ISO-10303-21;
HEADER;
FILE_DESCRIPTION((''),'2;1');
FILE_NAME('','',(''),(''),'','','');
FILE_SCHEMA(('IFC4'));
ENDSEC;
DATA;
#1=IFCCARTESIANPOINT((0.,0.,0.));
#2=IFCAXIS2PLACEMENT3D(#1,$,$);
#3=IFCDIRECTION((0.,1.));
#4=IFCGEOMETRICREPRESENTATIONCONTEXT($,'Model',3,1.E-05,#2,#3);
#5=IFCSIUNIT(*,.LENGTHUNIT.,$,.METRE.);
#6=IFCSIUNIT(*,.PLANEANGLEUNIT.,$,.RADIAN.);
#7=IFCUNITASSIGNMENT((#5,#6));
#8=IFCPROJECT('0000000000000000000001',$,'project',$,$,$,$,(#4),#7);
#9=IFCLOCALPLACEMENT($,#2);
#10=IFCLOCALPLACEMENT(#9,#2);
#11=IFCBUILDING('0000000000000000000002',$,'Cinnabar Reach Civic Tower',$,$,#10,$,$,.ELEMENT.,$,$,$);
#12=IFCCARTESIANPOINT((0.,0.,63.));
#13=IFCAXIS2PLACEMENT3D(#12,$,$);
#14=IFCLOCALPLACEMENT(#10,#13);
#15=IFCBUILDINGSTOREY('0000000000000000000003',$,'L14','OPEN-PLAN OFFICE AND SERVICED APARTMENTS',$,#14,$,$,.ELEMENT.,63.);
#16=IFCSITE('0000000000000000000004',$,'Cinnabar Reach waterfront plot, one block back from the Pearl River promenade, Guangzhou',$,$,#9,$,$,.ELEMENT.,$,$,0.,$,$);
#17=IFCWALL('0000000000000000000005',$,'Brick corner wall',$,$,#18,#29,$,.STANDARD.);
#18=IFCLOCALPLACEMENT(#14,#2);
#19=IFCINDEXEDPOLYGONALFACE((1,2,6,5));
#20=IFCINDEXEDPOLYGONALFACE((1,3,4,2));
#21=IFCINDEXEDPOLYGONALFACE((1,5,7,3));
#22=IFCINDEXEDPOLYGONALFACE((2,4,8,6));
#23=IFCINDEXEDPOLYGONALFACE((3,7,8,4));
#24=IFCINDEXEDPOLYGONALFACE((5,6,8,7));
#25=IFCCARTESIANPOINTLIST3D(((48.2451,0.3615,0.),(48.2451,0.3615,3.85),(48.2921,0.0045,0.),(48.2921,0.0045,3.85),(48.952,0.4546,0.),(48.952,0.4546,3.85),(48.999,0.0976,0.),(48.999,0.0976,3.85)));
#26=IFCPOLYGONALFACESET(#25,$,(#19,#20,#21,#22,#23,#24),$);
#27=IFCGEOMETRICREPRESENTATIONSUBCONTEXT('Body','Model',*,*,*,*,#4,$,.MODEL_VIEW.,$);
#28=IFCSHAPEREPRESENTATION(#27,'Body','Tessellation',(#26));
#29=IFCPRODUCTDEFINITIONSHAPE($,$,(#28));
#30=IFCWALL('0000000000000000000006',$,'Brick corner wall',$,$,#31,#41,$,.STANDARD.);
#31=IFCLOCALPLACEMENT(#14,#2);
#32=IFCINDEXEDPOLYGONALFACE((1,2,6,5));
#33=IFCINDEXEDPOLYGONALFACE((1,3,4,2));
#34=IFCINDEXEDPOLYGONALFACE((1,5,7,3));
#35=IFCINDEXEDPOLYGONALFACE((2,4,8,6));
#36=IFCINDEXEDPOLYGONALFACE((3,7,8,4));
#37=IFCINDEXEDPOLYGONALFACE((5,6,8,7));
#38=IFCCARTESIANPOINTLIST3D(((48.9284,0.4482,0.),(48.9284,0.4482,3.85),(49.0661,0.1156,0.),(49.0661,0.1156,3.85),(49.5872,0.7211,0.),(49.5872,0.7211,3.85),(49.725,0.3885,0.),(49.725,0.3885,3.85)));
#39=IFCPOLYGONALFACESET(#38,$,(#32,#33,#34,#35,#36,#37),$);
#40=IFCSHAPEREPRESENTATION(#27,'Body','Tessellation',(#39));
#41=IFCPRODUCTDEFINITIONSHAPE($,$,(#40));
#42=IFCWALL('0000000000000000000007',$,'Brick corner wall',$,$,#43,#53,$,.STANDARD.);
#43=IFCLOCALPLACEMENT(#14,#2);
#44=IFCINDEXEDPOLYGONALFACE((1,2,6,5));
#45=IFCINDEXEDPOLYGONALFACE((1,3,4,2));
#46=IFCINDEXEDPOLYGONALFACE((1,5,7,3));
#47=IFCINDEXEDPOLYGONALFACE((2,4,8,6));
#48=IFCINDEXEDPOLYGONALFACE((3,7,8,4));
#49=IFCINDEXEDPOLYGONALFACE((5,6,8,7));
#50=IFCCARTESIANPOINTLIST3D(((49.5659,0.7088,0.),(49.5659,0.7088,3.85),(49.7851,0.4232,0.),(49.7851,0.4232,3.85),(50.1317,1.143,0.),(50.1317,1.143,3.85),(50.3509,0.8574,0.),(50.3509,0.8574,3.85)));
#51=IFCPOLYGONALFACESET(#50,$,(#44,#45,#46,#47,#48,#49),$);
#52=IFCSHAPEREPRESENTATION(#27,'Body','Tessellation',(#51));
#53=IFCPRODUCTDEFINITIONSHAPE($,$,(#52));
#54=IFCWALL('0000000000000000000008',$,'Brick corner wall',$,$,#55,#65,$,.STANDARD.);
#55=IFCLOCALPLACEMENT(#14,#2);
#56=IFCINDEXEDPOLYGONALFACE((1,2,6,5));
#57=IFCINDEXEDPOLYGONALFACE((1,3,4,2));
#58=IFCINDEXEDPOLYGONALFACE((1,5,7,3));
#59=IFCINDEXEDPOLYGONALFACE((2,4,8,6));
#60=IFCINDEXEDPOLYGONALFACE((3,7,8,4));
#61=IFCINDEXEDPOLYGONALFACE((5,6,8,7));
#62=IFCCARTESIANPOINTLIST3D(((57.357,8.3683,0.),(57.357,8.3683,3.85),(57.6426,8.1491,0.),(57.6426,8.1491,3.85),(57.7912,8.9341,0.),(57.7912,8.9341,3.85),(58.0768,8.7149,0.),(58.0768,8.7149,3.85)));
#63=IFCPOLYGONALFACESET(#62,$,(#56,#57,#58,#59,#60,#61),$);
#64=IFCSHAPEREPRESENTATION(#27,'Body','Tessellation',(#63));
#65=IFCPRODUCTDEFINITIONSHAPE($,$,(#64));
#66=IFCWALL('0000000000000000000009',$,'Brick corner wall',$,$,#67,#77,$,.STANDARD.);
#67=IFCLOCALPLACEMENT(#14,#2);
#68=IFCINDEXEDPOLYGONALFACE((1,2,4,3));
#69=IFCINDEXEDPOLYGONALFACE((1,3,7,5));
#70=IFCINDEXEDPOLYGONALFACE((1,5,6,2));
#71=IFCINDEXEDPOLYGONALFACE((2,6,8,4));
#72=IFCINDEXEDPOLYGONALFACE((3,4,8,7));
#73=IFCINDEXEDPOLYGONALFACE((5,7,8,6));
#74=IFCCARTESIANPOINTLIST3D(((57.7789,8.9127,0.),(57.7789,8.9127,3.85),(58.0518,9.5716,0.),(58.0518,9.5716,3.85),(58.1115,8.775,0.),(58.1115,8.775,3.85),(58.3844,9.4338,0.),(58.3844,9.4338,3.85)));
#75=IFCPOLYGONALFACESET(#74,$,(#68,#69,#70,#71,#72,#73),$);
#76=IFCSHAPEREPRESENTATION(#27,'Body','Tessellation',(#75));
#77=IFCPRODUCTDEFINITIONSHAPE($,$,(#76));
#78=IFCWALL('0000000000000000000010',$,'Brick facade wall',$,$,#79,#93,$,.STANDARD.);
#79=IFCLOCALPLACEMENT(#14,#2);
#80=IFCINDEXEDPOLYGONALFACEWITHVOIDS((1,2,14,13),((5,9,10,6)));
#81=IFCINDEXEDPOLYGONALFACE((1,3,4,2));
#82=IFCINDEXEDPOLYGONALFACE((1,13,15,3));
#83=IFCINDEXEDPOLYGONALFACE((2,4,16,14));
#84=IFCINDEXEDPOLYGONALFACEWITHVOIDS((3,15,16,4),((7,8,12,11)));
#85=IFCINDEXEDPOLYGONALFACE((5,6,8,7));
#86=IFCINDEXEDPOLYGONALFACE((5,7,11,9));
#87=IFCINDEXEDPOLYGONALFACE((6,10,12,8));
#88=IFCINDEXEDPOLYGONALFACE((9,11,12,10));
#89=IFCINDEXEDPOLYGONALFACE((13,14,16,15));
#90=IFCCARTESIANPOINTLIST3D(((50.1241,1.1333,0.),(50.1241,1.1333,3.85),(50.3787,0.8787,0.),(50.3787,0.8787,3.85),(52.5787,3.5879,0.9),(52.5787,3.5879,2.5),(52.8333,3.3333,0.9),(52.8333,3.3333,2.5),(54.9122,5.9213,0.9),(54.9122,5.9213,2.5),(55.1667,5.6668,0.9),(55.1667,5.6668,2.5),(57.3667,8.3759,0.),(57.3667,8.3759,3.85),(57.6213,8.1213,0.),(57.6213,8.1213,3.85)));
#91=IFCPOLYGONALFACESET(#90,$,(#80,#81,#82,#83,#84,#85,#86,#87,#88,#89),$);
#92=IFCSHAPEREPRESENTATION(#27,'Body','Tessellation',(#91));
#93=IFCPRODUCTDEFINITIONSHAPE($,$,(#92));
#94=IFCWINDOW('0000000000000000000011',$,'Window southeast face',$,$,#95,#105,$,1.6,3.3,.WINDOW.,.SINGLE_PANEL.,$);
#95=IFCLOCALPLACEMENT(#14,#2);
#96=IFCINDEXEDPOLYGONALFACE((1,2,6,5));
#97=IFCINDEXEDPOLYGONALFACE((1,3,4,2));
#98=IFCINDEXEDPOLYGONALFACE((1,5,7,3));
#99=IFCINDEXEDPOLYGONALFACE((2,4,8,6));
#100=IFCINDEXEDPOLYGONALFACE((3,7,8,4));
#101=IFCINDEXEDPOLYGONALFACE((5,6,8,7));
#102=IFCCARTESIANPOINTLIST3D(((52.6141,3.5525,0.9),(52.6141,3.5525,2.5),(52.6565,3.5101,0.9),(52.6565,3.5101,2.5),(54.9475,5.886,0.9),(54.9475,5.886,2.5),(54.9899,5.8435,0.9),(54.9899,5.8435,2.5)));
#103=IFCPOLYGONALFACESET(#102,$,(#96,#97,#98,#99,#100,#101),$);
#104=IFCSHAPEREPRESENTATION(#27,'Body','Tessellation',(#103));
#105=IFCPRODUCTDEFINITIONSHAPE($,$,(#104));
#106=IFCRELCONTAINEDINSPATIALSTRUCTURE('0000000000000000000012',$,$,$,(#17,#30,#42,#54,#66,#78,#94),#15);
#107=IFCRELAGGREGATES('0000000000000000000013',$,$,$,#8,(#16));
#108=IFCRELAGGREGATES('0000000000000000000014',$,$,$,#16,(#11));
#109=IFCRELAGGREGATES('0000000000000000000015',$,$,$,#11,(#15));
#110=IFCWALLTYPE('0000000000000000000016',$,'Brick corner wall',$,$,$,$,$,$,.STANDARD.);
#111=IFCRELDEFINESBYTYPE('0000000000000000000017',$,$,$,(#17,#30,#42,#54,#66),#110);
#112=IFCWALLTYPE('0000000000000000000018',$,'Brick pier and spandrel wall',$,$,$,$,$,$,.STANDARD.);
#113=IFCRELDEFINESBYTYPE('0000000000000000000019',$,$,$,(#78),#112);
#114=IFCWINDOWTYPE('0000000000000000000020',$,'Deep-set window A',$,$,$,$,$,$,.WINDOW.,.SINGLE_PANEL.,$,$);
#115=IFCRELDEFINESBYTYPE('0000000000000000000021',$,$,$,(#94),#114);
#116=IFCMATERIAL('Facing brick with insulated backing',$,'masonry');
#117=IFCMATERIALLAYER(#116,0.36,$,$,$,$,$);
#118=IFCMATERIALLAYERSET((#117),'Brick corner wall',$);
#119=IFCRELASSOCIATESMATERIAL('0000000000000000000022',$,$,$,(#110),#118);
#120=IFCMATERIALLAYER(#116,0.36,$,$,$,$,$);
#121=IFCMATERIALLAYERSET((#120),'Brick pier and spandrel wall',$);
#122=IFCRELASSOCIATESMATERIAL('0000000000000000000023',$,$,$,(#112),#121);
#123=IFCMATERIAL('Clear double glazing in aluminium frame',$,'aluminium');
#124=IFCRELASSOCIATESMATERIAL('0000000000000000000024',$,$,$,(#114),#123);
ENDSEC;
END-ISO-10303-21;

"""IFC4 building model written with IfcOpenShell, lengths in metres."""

from ifc_helpers import new_model, si_unit, direction, frame, frame_2d, origin, place, context, subcontext, project, spatial, rectangle, extrude, material, layer, layer_set, type_object, element, fill, save


model = new_model("IFC4")

# Units and contexts
model_context = context("Model", 3, precision=1e-05, world=origin(), true_north=direction((0.0, 1.0)))
body_context = subcontext(model_context, "Body", "Model", "MODEL_VIEW")
ifc_project = project(units=[si_unit("LENGTHUNIT", "METRE"), si_unit("PLANEANGLEUNIT", "RADIAN")], contexts=[model_context])

# Site, building, storey
site_placement = place(None, origin())
site = spatial("IfcSite", under=ifc_project, at=site_placement, Name="Cinnabar Reach waterfront plot, one block back from the Pearl River promenade, Guangzhou", CompositionType="ELEMENT", RefElevation=0.0)
building_placement = place(site_placement, origin())
building = spatial("IfcBuilding", under=site, at=building_placement, Name="Cinnabar Reach Civic Tower", CompositionType="ELEMENT")
storey_placement = place(building_placement, frame((0.0, 0.0, 63.0)))
storey = spatial("IfcBuildingStorey", under=building, at=storey_placement, Name="L14", Description="OPEN-PLAN OFFICE AND SERVICED APARTMENTS", CompositionType="ELEMENT", Elevation=63.0)

# Walls
ifc_material_1 = material(Name="Facing brick with insulated backing", Category="masonry")
ifc_layer_1 = layer(ifc_material_1, 0.36)
ifc_layer_set_1 = layer_set([ifc_layer_1], Name="Brick corner wall")
wall_type_1 = type_object("IfcWallType", Name="Brick corner wall", PredefinedType="STANDARD", material=ifc_layer_set_1)
for number, where, z_axis, x_axis, name in (
    (1, (48.2686, 0.183, 0.0), (0.0, 0.0, 1.0), (0.991441, 0.130556, 0.0), "Brick corner wall"),
    (2, (48.9973, 0.2819, 0.0), (0.0, 0.0, 1.0), (0.923872, 0.382703, 0.0), "Brick corner wall"),
):
    element("IfcWall", number, at=place(storey_placement, frame(where, z_axis=z_axis, x_axis=x_axis)), inside=storey, type_object=wall_type_1, Name=name, PredefinedType="STANDARD", context=body_context, shape_type="SweptSolid", body=[
        extrude(rectangle(XDim=0.7131, YDim=0.36, at=frame_2d((0.3565, 0.0))), origin(), (0.0, 0.0, 1.0), 3.85),
    ])
for number, where, z_axis, x_axis, name in (
    (3, (49.6755, 0.566, 0.0), (0.0, 0.0, 1.0), (0.793322, 0.608802, 0.0), "Brick corner wall"),
    (4, (57.4998, 8.2587, 0.0), (0.0, 0.0, 1.0), (0.608802, 0.793322, 0.0), "Brick corner wall"),
):
    element("IfcWall", number, at=place(storey_placement, frame(where, z_axis=z_axis, x_axis=x_axis)), inside=storey, type_object=wall_type_1, Name=name, PredefinedType="STANDARD", context=body_context, shape_type="SweptSolid", body=[
        extrude(rectangle(XDim=0.7132, YDim=0.36, at=frame_2d((0.3566, 0.0))), origin(), (0.0, 0.0, 1.0), 3.85),
    ])
wall_1_placement = place(storey_placement, frame((57.9452, 8.8439, 0.0), z_axis=(0.0, 0.0, 1.0), x_axis=(0.382703, 0.923872, 0.0)))
element("IfcWall", 5, at=wall_1_placement, inside=storey, type_object=wall_type_1, Name="Brick corner wall", PredefinedType="STANDARD", context=body_context, shape_type="SweptSolid", body=[
    extrude(rectangle(XDim=0.7131, YDim=0.36, at=frame_2d((0.3565, 0.0))), origin(), (0.0, 0.0, 1.0), 3.85),
])

# Wall, opening, window
ifc_layer_2 = layer(ifc_material_1, 0.36)
ifc_layer_set_2 = layer_set([ifc_layer_2], Name="Brick pier and spandrel wall")
wall_type_2 = type_object("IfcWallType", Name="Brick pier and spandrel wall", PredefinedType="STANDARD", material=ifc_layer_set_2)
wall_2_placement = place(storey_placement, frame((50.2514, 1.006, 0.0), z_axis=(0.0, 0.0, 1.0), x_axis=(0.707107, 0.707107, 0.0)))
wall_2 = element("IfcWall", 6, at=wall_2_placement, inside=storey, type_object=wall_type_2, Name="Brick facade wall", PredefinedType="STANDARD", context=body_context, shape_type="SweptSolid", body=[
    extrude(rectangle(XDim=10.2426, YDim=0.36, at=frame_2d((5.1213, 0.0))), origin(), (0.0, 0.0, 1.0), 3.85),
])
opening_placement = place(wall_2_placement, frame((3.4713, 0.0, 0.9)))
opening = element("IfcOpeningElement", 7, at=opening_placement, cuts=wall_2, PredefinedType="OPENING", context=body_context, shape_type="SweptSolid", body=[
    extrude(rectangle(XDim=3.3, YDim=1.6, at=frame_2d((1.65, 0.8))), frame((0.0, 0.19, 0.0), z_axis=(0.0, -1.0, 0.0), x_axis=(1.0, 0.0, 0.0)), (0.0, 0.0, 1.0), 0.38),
])
ifc_material_2 = material(Name="Clear double glazing in aluminium frame", Category="aluminium")
window_type = type_object("IfcWindowType", Name="Deep-set window A", PartitioningType="SINGLE_PANEL", PredefinedType="WINDOW", material=ifc_material_2)
window_placement = place(opening_placement, origin())
window = element("IfcWindow", 8, at=window_placement, inside=storey, type_object=window_type, Name="Window southeast face", OverallHeight=1.6, OverallWidth=3.3, PartitioningType="SINGLE_PANEL", PredefinedType="WINDOW", context=body_context, shape_type="SweptSolid", body=[
    extrude(rectangle(XDim=3.3, YDim=1.6, at=frame_2d((1.65, 0.8))), frame((0.0, 0.13, 0.0), z_axis=(0.0, -1.0, 0.0), x_axis=(1.0, 0.0, 0.0)), (0.0, 0.0, 1.0), 0.06),
])
fill(opening, window)

save(model, "model.ifc")
